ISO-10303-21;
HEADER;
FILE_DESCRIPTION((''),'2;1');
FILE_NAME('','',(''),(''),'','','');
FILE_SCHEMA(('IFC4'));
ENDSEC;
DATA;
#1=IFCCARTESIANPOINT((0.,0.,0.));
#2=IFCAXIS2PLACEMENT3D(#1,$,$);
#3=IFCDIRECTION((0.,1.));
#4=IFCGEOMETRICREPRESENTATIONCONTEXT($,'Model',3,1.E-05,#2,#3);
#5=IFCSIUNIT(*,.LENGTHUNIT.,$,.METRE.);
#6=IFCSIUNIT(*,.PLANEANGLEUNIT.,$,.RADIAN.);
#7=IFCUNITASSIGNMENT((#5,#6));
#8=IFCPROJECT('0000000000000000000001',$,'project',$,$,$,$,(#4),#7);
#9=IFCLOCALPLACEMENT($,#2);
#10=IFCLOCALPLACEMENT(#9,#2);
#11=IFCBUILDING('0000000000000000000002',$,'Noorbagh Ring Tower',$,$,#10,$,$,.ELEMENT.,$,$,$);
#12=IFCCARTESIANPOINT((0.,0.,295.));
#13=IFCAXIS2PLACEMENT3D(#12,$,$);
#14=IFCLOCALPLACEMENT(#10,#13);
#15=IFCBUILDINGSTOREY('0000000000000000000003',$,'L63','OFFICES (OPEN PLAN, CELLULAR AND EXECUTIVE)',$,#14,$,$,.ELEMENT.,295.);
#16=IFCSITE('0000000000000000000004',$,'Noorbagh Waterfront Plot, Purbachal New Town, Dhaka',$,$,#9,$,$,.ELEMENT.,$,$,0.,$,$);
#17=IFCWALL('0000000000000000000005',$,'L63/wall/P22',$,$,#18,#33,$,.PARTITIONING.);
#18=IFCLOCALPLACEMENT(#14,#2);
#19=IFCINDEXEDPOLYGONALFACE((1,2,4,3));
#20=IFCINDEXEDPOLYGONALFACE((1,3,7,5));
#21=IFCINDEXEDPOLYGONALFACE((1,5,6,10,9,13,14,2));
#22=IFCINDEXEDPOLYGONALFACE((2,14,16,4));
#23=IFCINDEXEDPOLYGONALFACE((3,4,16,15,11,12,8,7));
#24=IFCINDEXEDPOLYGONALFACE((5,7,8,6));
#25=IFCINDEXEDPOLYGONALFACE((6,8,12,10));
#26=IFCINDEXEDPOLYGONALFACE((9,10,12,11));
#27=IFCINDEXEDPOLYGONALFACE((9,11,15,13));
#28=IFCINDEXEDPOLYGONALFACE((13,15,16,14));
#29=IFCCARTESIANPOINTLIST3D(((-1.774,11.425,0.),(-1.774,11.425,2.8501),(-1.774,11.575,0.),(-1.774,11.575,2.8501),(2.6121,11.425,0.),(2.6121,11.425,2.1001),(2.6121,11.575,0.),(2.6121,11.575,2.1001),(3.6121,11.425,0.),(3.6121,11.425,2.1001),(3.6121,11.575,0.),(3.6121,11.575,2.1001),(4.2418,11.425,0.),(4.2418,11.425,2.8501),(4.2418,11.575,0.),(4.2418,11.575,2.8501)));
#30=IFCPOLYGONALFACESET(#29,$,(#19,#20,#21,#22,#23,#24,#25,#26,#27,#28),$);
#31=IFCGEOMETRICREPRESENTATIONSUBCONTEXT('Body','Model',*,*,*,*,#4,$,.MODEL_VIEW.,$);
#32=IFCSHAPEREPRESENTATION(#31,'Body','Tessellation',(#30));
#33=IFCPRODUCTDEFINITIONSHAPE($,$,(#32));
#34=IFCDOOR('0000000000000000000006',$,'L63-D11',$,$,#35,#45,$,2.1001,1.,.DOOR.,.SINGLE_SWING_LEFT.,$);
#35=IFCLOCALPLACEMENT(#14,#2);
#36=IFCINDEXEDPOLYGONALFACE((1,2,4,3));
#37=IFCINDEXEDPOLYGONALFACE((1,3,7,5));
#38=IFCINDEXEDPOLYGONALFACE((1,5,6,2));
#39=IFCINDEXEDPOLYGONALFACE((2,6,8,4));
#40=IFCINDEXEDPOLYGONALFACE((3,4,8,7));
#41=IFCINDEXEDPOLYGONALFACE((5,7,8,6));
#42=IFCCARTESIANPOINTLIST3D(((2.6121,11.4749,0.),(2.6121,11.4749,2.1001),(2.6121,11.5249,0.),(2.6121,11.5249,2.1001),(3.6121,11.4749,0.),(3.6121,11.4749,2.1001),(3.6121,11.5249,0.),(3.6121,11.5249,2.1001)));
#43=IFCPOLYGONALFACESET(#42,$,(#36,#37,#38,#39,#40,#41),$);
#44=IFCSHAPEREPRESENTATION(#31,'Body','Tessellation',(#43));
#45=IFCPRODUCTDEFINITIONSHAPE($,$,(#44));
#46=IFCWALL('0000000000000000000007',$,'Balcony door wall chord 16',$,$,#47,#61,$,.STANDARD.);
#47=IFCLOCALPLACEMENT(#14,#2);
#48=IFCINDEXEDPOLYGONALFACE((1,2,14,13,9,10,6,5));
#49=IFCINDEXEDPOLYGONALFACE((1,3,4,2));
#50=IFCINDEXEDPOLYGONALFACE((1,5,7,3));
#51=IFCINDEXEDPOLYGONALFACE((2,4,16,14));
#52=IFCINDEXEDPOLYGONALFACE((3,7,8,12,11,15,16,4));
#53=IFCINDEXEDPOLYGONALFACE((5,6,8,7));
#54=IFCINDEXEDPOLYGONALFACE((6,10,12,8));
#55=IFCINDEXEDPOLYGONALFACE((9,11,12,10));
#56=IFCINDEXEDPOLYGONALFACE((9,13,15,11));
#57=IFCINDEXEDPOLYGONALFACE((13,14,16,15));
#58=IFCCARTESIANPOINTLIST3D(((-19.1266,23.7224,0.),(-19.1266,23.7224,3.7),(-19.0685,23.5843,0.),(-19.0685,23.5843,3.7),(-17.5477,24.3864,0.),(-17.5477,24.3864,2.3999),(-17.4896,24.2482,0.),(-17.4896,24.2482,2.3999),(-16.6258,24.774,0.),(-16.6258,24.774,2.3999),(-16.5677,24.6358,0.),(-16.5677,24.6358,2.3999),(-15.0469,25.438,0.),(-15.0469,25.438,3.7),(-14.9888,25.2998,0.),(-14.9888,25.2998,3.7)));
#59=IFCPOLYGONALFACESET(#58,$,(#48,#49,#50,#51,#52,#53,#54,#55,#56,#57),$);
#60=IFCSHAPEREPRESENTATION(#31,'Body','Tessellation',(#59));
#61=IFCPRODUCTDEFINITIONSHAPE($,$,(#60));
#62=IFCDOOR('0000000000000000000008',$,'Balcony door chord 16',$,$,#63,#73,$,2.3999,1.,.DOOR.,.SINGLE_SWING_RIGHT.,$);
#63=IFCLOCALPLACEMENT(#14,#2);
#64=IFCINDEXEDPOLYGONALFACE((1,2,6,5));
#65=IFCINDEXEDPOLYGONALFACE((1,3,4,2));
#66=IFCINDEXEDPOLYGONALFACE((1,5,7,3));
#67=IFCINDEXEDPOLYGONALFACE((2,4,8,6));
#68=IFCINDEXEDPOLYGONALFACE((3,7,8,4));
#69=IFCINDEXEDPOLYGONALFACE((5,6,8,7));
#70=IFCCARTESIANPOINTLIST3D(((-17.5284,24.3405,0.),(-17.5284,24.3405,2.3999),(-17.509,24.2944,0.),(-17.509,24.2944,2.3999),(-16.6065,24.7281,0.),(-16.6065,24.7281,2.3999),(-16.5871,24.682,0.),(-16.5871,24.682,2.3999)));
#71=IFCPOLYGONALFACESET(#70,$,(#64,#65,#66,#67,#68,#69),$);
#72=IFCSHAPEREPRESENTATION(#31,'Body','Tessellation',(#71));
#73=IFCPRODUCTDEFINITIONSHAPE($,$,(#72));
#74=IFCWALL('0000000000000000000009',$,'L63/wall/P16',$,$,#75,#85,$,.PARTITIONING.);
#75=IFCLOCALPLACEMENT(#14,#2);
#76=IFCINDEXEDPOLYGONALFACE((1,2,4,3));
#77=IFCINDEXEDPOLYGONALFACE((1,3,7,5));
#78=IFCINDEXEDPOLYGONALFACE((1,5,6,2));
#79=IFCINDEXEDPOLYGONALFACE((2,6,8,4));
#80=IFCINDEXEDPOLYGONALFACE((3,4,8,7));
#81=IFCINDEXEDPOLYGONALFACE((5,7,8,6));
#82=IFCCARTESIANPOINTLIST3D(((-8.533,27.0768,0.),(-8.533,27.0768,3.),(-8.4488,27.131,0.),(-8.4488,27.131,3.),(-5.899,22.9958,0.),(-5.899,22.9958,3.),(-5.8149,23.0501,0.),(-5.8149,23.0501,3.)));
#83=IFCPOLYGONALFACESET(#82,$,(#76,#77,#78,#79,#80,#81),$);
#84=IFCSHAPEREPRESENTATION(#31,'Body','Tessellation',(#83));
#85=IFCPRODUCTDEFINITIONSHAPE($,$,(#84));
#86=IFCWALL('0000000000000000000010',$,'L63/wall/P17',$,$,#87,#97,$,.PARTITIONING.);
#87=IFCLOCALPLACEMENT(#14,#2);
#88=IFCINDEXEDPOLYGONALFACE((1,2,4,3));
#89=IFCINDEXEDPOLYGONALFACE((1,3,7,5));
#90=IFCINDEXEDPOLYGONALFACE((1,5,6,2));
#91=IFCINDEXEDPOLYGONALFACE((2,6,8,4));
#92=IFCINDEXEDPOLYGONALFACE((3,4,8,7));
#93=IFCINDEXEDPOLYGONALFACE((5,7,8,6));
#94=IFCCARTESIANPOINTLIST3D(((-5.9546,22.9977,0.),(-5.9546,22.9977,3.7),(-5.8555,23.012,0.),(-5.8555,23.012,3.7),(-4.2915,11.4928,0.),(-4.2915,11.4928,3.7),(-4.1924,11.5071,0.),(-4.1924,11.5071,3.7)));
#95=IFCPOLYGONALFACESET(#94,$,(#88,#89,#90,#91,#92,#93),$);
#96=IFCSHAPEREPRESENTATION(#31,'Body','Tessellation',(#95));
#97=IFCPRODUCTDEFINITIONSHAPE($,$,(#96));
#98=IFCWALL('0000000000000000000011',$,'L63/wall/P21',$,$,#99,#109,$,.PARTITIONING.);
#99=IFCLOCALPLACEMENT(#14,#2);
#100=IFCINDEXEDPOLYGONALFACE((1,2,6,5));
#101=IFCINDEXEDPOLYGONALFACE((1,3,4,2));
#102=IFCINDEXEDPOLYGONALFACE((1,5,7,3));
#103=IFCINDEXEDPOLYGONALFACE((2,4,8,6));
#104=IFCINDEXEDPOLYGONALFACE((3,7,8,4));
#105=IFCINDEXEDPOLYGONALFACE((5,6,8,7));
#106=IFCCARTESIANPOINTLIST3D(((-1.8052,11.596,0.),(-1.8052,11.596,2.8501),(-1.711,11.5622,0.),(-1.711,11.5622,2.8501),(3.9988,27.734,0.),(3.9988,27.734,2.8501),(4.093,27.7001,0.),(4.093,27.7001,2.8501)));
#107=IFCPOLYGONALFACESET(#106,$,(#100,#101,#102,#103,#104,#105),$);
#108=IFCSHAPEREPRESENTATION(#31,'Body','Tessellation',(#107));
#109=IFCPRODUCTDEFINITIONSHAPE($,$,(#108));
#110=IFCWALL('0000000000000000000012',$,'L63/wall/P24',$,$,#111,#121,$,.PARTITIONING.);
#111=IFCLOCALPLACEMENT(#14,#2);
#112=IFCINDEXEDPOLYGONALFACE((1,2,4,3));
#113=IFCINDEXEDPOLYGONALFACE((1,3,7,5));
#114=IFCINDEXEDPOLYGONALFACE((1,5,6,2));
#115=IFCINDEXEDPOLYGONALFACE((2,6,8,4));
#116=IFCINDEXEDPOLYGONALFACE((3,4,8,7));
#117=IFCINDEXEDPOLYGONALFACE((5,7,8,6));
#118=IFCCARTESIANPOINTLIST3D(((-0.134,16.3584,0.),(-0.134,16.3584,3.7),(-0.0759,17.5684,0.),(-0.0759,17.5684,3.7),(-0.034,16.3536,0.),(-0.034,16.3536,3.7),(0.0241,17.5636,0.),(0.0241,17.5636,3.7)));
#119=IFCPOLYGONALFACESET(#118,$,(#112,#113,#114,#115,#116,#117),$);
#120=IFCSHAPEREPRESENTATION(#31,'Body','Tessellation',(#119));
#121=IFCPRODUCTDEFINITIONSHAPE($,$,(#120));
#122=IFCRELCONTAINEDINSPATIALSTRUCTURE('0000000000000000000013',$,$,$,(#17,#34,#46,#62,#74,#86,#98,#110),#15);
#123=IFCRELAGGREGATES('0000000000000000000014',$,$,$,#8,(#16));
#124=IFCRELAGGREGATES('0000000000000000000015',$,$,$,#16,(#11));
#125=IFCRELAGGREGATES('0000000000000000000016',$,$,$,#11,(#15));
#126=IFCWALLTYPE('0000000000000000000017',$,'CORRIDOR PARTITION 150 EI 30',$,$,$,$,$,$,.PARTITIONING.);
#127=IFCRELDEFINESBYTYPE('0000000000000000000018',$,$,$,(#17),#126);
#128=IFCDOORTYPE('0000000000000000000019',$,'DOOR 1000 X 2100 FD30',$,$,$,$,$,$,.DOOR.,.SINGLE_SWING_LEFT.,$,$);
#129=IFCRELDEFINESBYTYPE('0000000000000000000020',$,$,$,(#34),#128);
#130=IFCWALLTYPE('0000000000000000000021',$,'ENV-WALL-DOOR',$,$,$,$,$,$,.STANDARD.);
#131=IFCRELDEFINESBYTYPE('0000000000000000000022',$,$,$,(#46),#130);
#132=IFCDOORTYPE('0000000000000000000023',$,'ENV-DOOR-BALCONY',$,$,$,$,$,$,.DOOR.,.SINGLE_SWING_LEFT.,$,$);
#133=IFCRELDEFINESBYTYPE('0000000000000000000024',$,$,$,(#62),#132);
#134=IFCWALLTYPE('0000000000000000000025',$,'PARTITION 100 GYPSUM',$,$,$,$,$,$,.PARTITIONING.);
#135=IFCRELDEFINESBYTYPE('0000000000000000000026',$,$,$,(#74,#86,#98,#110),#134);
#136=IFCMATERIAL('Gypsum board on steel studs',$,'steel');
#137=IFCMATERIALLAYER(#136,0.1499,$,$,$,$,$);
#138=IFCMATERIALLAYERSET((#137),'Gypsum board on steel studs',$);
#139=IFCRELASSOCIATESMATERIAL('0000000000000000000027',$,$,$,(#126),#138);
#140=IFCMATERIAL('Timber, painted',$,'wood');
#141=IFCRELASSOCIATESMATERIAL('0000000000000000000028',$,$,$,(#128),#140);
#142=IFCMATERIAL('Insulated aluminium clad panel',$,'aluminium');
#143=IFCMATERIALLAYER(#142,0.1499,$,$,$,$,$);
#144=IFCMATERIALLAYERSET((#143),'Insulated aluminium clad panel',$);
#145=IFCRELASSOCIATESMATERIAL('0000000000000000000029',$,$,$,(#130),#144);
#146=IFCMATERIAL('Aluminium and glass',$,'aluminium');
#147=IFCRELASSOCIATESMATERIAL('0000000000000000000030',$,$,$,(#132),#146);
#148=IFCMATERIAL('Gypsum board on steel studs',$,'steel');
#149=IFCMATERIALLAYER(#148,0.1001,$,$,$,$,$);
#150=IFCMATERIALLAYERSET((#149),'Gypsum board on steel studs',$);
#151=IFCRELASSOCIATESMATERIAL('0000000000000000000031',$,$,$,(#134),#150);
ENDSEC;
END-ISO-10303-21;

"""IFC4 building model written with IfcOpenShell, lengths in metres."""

from ifc_helpers import new_model, si_unit, direction, frame, frame_2d, origin, place, context, subcontext, project, spatial, rectangle, extrude, material, layer, layer_set, type_object, element, fill, save


model = new_model("IFC4")

# Units and contexts
model_context = context("Model", 3, precision=1e-05, world=origin(), true_north=direction((0.0, 1.0)))
body_context = subcontext(model_context, "Body", "Model", "MODEL_VIEW")
ifc_project = project(units=[si_unit("LENGTHUNIT", "METRE"), si_unit("PLANEANGLEUNIT", "RADIAN")], contexts=[model_context])

# Site, building, storey
site_placement = place(None, origin())
site = spatial("IfcSite", under=ifc_project, at=site_placement, Name="Noorbagh Waterfront Plot, Purbachal New Town, Dhaka", CompositionType="ELEMENT", RefElevation=0.0)
building_placement = place(site_placement, origin())
building = spatial("IfcBuilding", under=site, at=building_placement, Name="Noorbagh Ring Tower", CompositionType="ELEMENT")
storey_placement = place(building_placement, frame((0.0, 0.0, 295.0)))
storey = spatial("IfcBuildingStorey", under=building, at=storey_placement, Name="L63", Description="OFFICES (OPEN PLAN, CELLULAR AND EXECUTIVE)", CompositionType="ELEMENT", Elevation=295.0)

# Walls, openings, doors
ifc_material_1 = material(Name="Gypsum board on steel studs", Category="steel")
ifc_layer_1 = layer(ifc_material_1, 0.1499)
ifc_layer_set_1 = layer_set([ifc_layer_1], Name="Gypsum board on steel studs")
wall_type_1 = type_object("IfcWallType", Name="CORRIDOR PARTITION 150 EI 30", PredefinedType="PARTITIONING", material=ifc_layer_set_1)
ifc_material_2 = material(Name="Timber, painted", Category="wood")
door_type_1 = type_object("IfcDoorType", Name="DOOR 1000 X 2100 FD30", OperationType="SINGLE_SWING_LEFT", PredefinedType="DOOR", material=ifc_material_2)
wall_1_placement = place(storey_placement, frame((-1.7739, 11.5, 0.0), z_axis=(0.0, 0.0, 1.0), x_axis=(1.0, 0.0, 0.0)))
wall_1 = element("IfcWall", 1, at=wall_1_placement, inside=storey, type_object=wall_type_1, Name="L63/wall/P22", PredefinedType="PARTITIONING", context=body_context, shape_type="SweptSolid", body=[
    extrude(rectangle(XDim=6.0159, YDim=0.1499, at=frame_2d((3.0078, 0.0))), origin(), (0.0, 0.0, 1.0), 2.8501),
])
opening_1_placement = place(wall_1_placement, frame((4.386, 0.0, 0.0)))
opening_1 = element("IfcOpeningElement", 2, at=opening_1_placement, cuts=wall_1, PredefinedType="OPENING", context=body_context, shape_type="SweptSolid", body=[
    extrude(rectangle(XDim=1.0, YDim=2.1001, at=frame_2d((0.5, 1.05))), frame((0.0, 0.085, 0.0), z_axis=(0.0, -1.0, 0.0), x_axis=(1.0, 0.0, 0.0)), (0.0, 0.0, 1.0), 0.1699),
])
door_1_placement = place(opening_1_placement, origin())
door_1 = element("IfcDoor", 3, at=door_1_placement, inside=storey, type_object=door_type_1, Name="L63-D11", OperationType="SINGLE_SWING_LEFT", OverallHeight=2.1001, OverallWidth=1.0, PredefinedType="DOOR", context=body_context, shape_type="SweptSolid", body=[
    extrude(rectangle(XDim=1.0, YDim=2.1001, at=frame_2d((0.5, 1.05))), frame((0.0, 0.0249, 0.0), z_axis=(0.0, -1.0, 0.0), x_axis=(1.0, 0.0, 0.0)), (0.0, 0.0, 1.0), 0.05),
])
fill(opening_1, door_1)
ifc_material_3 = material(Name="Insulated aluminium clad panel", Category="aluminium")
ifc_layer_2 = layer(ifc_material_3, 0.1499)
ifc_layer_set_2 = layer_set([ifc_layer_2], Name="Insulated aluminium clad panel")
wall_type_2 = type_object("IfcWallType", Name="ENV-WALL-DOOR", PredefinedType="STANDARD", material=ifc_layer_set_2)
wall_2_placement = place(storey_placement, frame((-15.0178, 25.3689, 0.0), z_axis=(0.0, 0.0, 1.0), x_axis=(-0.921817, -0.387625, 0.0)))
wall_2 = element("IfcWall", 4, at=wall_2_placement, inside=storey, type_object=wall_type_2, Name="Balcony door wall chord 16", PredefinedType="STANDARD", context=body_context, shape_type="SweptSolid", body=[
    extrude(rectangle(XDim=4.4258, YDim=0.1499, at=frame_2d((2.2129, 0.0))), origin(), (0.0, 0.0, 1.0), 3.7),
])
opening_2_placement = place(wall_2_placement, frame((1.7129, 0.0, 0.0)))
opening_2 = element("IfcOpeningElement", 5, at=opening_2_placement, cuts=wall_2, PredefinedType="OPENING", context=body_context, shape_type="SweptSolid", body=[
    extrude(rectangle(XDim=1.0, YDim=2.3999, at=frame_2d((0.5, 1.2))), frame((0.0, 0.085, 0.0), z_axis=(0.0, -1.0, 0.0), x_axis=(1.0, 0.0, 0.0)), (0.0, 0.0, 1.0), 0.1699),
])
ifc_material_4 = material(Name="Aluminium and glass", Category="aluminium")
door_type_2 = type_object("IfcDoorType", Name="ENV-DOOR-BALCONY", OperationType="SINGLE_SWING_LEFT", PredefinedType="DOOR", material=ifc_material_4)
door_2_placement = place(opening_2_placement, origin())
door_2 = element("IfcDoor", 6, at=door_2_placement, inside=storey, type_object=door_type_2, Name="Balcony door chord 16", OperationType="SINGLE_SWING_RIGHT", OverallHeight=2.3999, OverallWidth=1.0, PredefinedType="DOOR", context=body_context, shape_type="SweptSolid", body=[
    extrude(rectangle(XDim=1.0, YDim=2.3999, at=frame_2d((0.5, 1.2))), frame((0.0, 0.0249, 0.0), z_axis=(0.0, -1.0, 0.0), x_axis=(1.0, 0.0, 0.0)), (0.0, 0.0, 1.0), 0.05),
])
fill(opening_2, door_2)

# Walls
ifc_material_5 = material(Name="Gypsum board on steel studs", Category="steel")
ifc_layer_3 = layer(ifc_material_5, 0.1001)
ifc_layer_set_3 = layer_set([ifc_layer_3], Name="Gypsum board on steel studs")
wall_type_3 = type_object("IfcWallType", Name="PARTITION 100 GYPSUM", PredefinedType="PARTITIONING", material=ifc_layer_set_3)
wall_3_placement = place(storey_placement, frame((-8.491, 27.104, 0.0), z_axis=(0.0, 0.0, 1.0), x_axis=(0.542286, -0.840194, 0.0)))
element("IfcWall", 7, at=wall_3_placement, inside=storey, type_object=wall_type_3, Name="L63/wall/P16", PredefinedType="PARTITIONING", context=body_context, shape_type="SweptSolid", body=[
    extrude(rectangle(XDim=4.8572, YDim=0.1001, at=frame_2d((2.4287, 0.0))), origin(), (0.0, 0.0, 1.0), 3.0),
])
wall_4_placement = place(storey_placement, frame((-5.905, 23.0049, 0.0), z_axis=(0.0, 0.0, 1.0), x_axis=(0.143068, -0.989713, 0.0)))
element("IfcWall", 8, at=wall_4_placement, inside=storey, type_object=wall_type_3, Name="L63/wall/P17", PredefinedType="PARTITIONING", context=body_context, shape_type="SweptSolid", body=[
    extrude(rectangle(XDim=11.6245, YDim=0.1001, at=frame_2d((5.8123, 0.0))), origin(), (0.0, 0.0, 1.0), 3.7),
])
wall_5_placement = place(storey_placement, frame((-1.7581, 11.5791, 0.0), z_axis=(0.0, 0.0, 1.0), x_axis=(0.338425, 0.940993, 0.0)))
element("IfcWall", 9, at=wall_5_placement, inside=storey, type_object=wall_type_3, Name="L63/wall/P21", PredefinedType="PARTITIONING", context=body_context, shape_type="SweptSolid", body=[
    extrude(rectangle(XDim=17.1499, YDim=0.1001, at=frame_2d((8.575, 0.0))), origin(), (0.0, 0.0, 1.0), 2.8501),
])
wall_6_placement = place(storey_placement, frame((-0.084, 16.356, 0.0), z_axis=(0.0, 0.0, 1.0), x_axis=(0.047967, 0.998849, 0.0)))
element("IfcWall", 10, at=wall_6_placement, inside=storey, type_object=wall_type_3, Name="L63/wall/P24", PredefinedType="PARTITIONING", context=body_context, shape_type="SweptSolid", body=[
    extrude(rectangle(XDim=1.2114, YDim=0.1001, at=frame_2d((0.6057, 0.0))), origin(), (0.0, 0.0, 1.0), 3.7),
])

save(model, "model.ifc")
